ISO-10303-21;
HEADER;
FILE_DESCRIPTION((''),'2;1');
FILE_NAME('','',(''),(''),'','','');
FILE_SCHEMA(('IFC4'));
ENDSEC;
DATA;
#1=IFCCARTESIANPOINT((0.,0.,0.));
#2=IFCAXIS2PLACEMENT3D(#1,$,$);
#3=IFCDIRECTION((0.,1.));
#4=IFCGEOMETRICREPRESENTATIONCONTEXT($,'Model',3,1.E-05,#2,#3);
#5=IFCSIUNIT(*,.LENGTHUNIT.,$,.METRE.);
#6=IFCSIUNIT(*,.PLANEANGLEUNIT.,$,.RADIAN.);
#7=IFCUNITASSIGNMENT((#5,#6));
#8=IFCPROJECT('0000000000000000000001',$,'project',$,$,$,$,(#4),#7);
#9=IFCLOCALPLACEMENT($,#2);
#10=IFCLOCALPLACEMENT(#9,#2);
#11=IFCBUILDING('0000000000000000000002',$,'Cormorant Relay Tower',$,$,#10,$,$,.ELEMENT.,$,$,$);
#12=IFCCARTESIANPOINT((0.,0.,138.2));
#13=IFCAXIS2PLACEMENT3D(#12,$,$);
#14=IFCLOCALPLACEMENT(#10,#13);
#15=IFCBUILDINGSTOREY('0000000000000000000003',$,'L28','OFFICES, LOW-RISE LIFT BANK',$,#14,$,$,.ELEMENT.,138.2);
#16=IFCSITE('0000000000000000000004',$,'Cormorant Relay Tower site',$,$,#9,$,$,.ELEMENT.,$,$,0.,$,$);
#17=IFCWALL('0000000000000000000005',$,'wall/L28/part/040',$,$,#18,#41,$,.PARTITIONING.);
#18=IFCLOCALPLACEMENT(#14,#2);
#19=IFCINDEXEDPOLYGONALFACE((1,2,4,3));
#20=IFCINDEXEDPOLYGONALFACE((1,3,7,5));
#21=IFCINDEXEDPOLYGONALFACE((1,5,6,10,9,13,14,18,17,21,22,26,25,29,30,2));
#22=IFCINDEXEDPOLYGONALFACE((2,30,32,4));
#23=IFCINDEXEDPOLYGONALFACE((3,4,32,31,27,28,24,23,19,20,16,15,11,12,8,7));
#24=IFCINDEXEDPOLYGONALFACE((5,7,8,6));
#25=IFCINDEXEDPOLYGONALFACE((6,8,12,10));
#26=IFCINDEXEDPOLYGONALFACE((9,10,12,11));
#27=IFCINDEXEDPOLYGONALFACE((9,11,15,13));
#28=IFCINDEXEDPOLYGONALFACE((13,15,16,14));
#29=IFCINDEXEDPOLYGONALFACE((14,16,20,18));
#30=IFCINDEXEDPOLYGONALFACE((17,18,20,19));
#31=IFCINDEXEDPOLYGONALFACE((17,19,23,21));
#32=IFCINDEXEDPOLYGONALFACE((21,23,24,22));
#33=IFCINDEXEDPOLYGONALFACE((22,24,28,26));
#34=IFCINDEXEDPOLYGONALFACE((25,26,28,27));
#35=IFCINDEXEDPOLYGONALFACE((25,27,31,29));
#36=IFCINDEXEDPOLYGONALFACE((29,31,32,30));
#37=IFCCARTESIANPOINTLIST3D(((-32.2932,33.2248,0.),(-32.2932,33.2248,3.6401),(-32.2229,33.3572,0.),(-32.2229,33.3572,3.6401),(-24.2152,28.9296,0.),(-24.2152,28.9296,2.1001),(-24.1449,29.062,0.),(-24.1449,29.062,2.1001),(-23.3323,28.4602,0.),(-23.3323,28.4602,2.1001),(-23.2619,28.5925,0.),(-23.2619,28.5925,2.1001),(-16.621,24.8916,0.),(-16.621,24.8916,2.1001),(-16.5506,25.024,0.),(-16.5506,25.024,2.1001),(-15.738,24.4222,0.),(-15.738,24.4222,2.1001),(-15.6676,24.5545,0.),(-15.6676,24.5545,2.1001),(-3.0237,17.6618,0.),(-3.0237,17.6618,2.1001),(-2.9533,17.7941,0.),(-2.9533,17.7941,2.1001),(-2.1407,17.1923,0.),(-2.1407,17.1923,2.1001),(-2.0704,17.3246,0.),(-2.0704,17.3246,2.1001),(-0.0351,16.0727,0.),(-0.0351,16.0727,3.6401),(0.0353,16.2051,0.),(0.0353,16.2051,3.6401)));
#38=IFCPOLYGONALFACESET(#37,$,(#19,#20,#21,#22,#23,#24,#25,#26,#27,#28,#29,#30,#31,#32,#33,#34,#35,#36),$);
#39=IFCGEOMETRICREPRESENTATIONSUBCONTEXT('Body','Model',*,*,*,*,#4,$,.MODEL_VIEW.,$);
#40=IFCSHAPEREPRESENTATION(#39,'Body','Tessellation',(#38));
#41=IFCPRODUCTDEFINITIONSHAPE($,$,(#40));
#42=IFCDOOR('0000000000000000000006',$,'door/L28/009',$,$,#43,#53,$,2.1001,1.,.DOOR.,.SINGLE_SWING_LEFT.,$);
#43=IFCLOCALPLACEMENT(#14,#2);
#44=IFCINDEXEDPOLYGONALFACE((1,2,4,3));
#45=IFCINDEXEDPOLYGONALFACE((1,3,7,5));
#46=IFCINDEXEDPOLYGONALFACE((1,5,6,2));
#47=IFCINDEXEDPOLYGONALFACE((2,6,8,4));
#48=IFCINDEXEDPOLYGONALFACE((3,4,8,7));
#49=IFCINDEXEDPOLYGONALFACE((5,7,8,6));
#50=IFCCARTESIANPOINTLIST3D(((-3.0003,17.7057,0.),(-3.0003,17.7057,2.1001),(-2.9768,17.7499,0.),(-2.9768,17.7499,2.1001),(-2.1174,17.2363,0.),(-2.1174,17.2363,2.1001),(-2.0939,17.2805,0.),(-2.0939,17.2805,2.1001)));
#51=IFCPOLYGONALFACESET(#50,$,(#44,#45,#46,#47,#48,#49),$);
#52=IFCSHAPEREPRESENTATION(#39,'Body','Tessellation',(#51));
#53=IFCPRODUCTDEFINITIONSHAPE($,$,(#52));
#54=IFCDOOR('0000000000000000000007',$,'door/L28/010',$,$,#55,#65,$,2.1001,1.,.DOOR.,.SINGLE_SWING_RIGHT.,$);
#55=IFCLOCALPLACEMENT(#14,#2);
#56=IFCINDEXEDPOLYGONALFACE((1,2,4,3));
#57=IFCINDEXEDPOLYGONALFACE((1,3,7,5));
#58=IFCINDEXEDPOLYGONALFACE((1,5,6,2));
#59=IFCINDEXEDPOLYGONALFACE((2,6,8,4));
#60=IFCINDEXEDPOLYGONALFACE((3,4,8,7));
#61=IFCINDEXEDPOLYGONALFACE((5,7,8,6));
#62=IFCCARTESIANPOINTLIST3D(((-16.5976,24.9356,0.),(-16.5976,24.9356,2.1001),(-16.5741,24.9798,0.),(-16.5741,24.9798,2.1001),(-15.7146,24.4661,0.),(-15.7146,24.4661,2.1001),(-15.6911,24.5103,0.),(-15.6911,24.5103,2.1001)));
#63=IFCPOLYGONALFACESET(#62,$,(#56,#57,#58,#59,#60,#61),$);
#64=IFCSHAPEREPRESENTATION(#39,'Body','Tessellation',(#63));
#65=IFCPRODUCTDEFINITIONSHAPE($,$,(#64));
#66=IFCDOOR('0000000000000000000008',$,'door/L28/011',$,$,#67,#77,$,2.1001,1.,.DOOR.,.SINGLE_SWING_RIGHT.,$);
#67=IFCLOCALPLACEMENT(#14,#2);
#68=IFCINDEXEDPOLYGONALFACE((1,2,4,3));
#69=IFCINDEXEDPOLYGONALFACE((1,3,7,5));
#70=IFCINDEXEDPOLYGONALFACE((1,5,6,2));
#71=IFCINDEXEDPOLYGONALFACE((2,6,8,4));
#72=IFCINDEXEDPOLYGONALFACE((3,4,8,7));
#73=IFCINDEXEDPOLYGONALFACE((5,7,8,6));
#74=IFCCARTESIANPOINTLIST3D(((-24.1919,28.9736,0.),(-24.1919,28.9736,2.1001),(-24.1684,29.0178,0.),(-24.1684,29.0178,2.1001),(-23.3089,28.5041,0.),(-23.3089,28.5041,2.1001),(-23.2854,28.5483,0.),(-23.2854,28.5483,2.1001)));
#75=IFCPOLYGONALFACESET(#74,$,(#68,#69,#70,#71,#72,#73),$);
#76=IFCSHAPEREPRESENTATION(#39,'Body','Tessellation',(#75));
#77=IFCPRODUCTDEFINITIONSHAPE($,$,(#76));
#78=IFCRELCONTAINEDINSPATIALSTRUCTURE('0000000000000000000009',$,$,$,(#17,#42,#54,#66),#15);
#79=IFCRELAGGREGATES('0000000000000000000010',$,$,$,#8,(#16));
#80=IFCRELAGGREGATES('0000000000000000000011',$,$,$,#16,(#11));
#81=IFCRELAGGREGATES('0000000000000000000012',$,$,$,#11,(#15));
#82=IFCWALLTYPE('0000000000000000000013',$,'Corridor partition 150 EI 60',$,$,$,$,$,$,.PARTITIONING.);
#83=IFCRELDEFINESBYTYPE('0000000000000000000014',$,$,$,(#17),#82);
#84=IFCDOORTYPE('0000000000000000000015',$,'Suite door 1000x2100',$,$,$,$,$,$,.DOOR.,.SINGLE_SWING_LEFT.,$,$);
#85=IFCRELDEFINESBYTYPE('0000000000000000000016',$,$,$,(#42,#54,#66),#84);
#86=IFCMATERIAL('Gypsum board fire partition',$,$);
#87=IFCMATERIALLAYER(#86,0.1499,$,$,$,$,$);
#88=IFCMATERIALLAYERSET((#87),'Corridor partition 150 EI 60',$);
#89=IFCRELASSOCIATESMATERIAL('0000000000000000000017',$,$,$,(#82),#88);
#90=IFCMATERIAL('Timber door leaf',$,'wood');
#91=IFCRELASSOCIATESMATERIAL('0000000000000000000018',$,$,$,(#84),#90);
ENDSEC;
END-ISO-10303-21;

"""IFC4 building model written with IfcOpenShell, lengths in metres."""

from ifc_helpers import new_model, si_unit, direction, frame, frame_2d, origin, place, context, subcontext, project, spatial, rectangle, extrude, material, layer, layer_set, type_object, element, fill, save


model = new_model("IFC4")

# Units and contexts
model_context = context("Model", 3, precision=1e-05, world=origin(), true_north=direction((0.0, 1.0)))
body_context = subcontext(model_context, "Body", "Model", "MODEL_VIEW")
ifc_project = project(units=[si_unit("LENGTHUNIT", "METRE"), si_unit("PLANEANGLEUNIT", "RADIAN")], contexts=[model_context])

# Site, building, storey
site_placement = place(None, origin())
site = spatial("IfcSite", under=ifc_project, at=site_placement, Name="Cormorant Relay Tower site", CompositionType="ELEMENT", RefElevation=0.0)
building_placement = place(site_placement, origin())
building = spatial("IfcBuilding", under=site, at=building_placement, Name="Cormorant Relay Tower", CompositionType="ELEMENT")
storey_placement = place(building_placement, frame((0.0, 0.0, 138.2)))
storey = spatial("IfcBuildingStorey", under=building, at=storey_placement, Name="L28", Description="OFFICES, LOW-RISE LIFT BANK", CompositionType="ELEMENT", Elevation=138.2)

# Shared definitions
ifc_material_1 = material(Name="Gypsum board fire partition")
ifc_layer_1 = layer(ifc_material_1, 0.1499)
ifc_layer_set_1 = layer_set([ifc_layer_1], Name="Corridor partition 150 EI 60")
wall_type_1 = type_object("IfcWallType", Name="Corridor partition 150 EI 60", PredefinedType="PARTITIONING", material=ifc_layer_set_1)

# Wall, openings, doors
wall_1_placement = place(storey_placement, frame((-32.2581, 33.291, 0.0), z_axis=(0.0, 0.0, 1.0), x_axis=(0.882945, -0.469476, 0.0)))
wall_1 = element("IfcWall", 1, at=wall_1_placement, inside=storey, type_object=wall_type_1, Name="wall/L28/part/040", PredefinedType="PARTITIONING", context=body_context, shape_type="SweptSolid", body=[
    extrude(rectangle(XDim=36.5347, YDim=0.1499, at=frame_2d((18.2673, 0.0))), origin(), (0.0, 0.0, 1.0), 3.6401),
])
opening_1_placement = place(wall_1_placement, frame((33.1499, 0.0, 0.0)))
opening_1 = element("IfcOpeningElement", 2, at=opening_1_placement, cuts=wall_1, PredefinedType="OPENING", context=body_context, shape_type="SweptSolid", body=[
    extrude(rectangle(XDim=1.0, YDim=2.1001, at=frame_2d((0.5, 1.05))), frame((0.0, 0.085, 0.0), z_axis=(0.0, -1.0, 0.0), x_axis=(1.0, 0.0, 0.0)), (0.0, 0.0, 1.0), 0.1699),
])
opening_2_placement = place(wall_1_placement, frame((17.75, 0.0, 0.0)))
opening_2 = element("IfcOpeningElement", 3, at=opening_2_placement, cuts=wall_1, PredefinedType="OPENING", context=body_context, shape_type="SweptSolid", body=[
    extrude(rectangle(XDim=1.0, YDim=2.1001, at=frame_2d((0.5, 1.05))), frame((0.0, 0.085, 0.0), z_axis=(0.0, -1.0, 0.0), x_axis=(1.0, 0.0, 0.0)), (0.0, 0.0, 1.0), 0.1699),
])
opening_3_placement = place(wall_1_placement, frame((9.1489, 0.0, 0.0)))
opening_3 = element("IfcOpeningElement", 4, at=opening_3_placement, cuts=wall_1, PredefinedType="OPENING", context=body_context, shape_type="SweptSolid", body=[
    extrude(rectangle(XDim=1.0, YDim=2.1001, at=frame_2d((0.5, 1.05))), frame((0.0, 0.085, 0.0), z_axis=(0.0, -1.0, 0.0), x_axis=(1.0, 0.0, 0.0)), (0.0, 0.0, 1.0), 0.1699),
])
ifc_material_2 = material(Name="Timber door leaf", Category="wood")
door_type_1 = type_object("IfcDoorType", Name="Suite door 1000x2100", OperationType="SINGLE_SWING_LEFT", PredefinedType="DOOR", material=ifc_material_2)
door_1_placement = place(opening_1_placement, origin())
door_1 = element("IfcDoor", 5, at=door_1_placement, inside=storey, type_object=door_type_1, Name="door/L28/009", OperationType="SINGLE_SWING_LEFT", OverallHeight=2.1001, OverallWidth=1.0, PredefinedType="DOOR", context=body_context, shape_type="SweptSolid", body=[
    extrude(rectangle(XDim=1.0, YDim=2.1001, at=frame_2d((0.5, 1.05))), frame((0.0, 0.0249, 0.0), z_axis=(0.0, -1.0, 0.0), x_axis=(1.0, 0.0, 0.0)), (0.0, 0.0, 1.0), 0.05),
])
fill(opening_1, door_1)
door_2_placement = place(opening_2_placement, origin())
door_2 = element("IfcDoor", 6, at=door_2_placement, inside=storey, type_object=door_type_1, Name="door/L28/010", OperationType="SINGLE_SWING_RIGHT", OverallHeight=2.1001, OverallWidth=1.0, PredefinedType="DOOR", context=body_context, shape_type="SweptSolid", body=[
    extrude(rectangle(XDim=1.0, YDim=2.1001, at=frame_2d((0.5, 1.05))), frame((0.0, 0.0249, 0.0), z_axis=(0.0, -1.0, 0.0), x_axis=(1.0, 0.0, 0.0)), (0.0, 0.0, 1.0), 0.05),
])
fill(opening_2, door_2)
door_3_placement = place(opening_3_placement, origin())
door_3 = element("IfcDoor", 7, at=door_3_placement, inside=storey, type_object=door_type_1, Name="door/L28/011", OperationType="SINGLE_SWING_RIGHT", OverallHeight=2.1001, OverallWidth=1.0, PredefinedType="DOOR", context=body_context, shape_type="SweptSolid", body=[
    extrude(rectangle(XDim=1.0, YDim=2.1001, at=frame_2d((0.5, 1.05))), frame((0.0, 0.0249, 0.0), z_axis=(0.0, -1.0, 0.0), x_axis=(1.0, 0.0, 0.0)), (0.0, 0.0, 1.0), 0.05),
])
fill(opening_3, door_3)

save(model, "model.ifc")
